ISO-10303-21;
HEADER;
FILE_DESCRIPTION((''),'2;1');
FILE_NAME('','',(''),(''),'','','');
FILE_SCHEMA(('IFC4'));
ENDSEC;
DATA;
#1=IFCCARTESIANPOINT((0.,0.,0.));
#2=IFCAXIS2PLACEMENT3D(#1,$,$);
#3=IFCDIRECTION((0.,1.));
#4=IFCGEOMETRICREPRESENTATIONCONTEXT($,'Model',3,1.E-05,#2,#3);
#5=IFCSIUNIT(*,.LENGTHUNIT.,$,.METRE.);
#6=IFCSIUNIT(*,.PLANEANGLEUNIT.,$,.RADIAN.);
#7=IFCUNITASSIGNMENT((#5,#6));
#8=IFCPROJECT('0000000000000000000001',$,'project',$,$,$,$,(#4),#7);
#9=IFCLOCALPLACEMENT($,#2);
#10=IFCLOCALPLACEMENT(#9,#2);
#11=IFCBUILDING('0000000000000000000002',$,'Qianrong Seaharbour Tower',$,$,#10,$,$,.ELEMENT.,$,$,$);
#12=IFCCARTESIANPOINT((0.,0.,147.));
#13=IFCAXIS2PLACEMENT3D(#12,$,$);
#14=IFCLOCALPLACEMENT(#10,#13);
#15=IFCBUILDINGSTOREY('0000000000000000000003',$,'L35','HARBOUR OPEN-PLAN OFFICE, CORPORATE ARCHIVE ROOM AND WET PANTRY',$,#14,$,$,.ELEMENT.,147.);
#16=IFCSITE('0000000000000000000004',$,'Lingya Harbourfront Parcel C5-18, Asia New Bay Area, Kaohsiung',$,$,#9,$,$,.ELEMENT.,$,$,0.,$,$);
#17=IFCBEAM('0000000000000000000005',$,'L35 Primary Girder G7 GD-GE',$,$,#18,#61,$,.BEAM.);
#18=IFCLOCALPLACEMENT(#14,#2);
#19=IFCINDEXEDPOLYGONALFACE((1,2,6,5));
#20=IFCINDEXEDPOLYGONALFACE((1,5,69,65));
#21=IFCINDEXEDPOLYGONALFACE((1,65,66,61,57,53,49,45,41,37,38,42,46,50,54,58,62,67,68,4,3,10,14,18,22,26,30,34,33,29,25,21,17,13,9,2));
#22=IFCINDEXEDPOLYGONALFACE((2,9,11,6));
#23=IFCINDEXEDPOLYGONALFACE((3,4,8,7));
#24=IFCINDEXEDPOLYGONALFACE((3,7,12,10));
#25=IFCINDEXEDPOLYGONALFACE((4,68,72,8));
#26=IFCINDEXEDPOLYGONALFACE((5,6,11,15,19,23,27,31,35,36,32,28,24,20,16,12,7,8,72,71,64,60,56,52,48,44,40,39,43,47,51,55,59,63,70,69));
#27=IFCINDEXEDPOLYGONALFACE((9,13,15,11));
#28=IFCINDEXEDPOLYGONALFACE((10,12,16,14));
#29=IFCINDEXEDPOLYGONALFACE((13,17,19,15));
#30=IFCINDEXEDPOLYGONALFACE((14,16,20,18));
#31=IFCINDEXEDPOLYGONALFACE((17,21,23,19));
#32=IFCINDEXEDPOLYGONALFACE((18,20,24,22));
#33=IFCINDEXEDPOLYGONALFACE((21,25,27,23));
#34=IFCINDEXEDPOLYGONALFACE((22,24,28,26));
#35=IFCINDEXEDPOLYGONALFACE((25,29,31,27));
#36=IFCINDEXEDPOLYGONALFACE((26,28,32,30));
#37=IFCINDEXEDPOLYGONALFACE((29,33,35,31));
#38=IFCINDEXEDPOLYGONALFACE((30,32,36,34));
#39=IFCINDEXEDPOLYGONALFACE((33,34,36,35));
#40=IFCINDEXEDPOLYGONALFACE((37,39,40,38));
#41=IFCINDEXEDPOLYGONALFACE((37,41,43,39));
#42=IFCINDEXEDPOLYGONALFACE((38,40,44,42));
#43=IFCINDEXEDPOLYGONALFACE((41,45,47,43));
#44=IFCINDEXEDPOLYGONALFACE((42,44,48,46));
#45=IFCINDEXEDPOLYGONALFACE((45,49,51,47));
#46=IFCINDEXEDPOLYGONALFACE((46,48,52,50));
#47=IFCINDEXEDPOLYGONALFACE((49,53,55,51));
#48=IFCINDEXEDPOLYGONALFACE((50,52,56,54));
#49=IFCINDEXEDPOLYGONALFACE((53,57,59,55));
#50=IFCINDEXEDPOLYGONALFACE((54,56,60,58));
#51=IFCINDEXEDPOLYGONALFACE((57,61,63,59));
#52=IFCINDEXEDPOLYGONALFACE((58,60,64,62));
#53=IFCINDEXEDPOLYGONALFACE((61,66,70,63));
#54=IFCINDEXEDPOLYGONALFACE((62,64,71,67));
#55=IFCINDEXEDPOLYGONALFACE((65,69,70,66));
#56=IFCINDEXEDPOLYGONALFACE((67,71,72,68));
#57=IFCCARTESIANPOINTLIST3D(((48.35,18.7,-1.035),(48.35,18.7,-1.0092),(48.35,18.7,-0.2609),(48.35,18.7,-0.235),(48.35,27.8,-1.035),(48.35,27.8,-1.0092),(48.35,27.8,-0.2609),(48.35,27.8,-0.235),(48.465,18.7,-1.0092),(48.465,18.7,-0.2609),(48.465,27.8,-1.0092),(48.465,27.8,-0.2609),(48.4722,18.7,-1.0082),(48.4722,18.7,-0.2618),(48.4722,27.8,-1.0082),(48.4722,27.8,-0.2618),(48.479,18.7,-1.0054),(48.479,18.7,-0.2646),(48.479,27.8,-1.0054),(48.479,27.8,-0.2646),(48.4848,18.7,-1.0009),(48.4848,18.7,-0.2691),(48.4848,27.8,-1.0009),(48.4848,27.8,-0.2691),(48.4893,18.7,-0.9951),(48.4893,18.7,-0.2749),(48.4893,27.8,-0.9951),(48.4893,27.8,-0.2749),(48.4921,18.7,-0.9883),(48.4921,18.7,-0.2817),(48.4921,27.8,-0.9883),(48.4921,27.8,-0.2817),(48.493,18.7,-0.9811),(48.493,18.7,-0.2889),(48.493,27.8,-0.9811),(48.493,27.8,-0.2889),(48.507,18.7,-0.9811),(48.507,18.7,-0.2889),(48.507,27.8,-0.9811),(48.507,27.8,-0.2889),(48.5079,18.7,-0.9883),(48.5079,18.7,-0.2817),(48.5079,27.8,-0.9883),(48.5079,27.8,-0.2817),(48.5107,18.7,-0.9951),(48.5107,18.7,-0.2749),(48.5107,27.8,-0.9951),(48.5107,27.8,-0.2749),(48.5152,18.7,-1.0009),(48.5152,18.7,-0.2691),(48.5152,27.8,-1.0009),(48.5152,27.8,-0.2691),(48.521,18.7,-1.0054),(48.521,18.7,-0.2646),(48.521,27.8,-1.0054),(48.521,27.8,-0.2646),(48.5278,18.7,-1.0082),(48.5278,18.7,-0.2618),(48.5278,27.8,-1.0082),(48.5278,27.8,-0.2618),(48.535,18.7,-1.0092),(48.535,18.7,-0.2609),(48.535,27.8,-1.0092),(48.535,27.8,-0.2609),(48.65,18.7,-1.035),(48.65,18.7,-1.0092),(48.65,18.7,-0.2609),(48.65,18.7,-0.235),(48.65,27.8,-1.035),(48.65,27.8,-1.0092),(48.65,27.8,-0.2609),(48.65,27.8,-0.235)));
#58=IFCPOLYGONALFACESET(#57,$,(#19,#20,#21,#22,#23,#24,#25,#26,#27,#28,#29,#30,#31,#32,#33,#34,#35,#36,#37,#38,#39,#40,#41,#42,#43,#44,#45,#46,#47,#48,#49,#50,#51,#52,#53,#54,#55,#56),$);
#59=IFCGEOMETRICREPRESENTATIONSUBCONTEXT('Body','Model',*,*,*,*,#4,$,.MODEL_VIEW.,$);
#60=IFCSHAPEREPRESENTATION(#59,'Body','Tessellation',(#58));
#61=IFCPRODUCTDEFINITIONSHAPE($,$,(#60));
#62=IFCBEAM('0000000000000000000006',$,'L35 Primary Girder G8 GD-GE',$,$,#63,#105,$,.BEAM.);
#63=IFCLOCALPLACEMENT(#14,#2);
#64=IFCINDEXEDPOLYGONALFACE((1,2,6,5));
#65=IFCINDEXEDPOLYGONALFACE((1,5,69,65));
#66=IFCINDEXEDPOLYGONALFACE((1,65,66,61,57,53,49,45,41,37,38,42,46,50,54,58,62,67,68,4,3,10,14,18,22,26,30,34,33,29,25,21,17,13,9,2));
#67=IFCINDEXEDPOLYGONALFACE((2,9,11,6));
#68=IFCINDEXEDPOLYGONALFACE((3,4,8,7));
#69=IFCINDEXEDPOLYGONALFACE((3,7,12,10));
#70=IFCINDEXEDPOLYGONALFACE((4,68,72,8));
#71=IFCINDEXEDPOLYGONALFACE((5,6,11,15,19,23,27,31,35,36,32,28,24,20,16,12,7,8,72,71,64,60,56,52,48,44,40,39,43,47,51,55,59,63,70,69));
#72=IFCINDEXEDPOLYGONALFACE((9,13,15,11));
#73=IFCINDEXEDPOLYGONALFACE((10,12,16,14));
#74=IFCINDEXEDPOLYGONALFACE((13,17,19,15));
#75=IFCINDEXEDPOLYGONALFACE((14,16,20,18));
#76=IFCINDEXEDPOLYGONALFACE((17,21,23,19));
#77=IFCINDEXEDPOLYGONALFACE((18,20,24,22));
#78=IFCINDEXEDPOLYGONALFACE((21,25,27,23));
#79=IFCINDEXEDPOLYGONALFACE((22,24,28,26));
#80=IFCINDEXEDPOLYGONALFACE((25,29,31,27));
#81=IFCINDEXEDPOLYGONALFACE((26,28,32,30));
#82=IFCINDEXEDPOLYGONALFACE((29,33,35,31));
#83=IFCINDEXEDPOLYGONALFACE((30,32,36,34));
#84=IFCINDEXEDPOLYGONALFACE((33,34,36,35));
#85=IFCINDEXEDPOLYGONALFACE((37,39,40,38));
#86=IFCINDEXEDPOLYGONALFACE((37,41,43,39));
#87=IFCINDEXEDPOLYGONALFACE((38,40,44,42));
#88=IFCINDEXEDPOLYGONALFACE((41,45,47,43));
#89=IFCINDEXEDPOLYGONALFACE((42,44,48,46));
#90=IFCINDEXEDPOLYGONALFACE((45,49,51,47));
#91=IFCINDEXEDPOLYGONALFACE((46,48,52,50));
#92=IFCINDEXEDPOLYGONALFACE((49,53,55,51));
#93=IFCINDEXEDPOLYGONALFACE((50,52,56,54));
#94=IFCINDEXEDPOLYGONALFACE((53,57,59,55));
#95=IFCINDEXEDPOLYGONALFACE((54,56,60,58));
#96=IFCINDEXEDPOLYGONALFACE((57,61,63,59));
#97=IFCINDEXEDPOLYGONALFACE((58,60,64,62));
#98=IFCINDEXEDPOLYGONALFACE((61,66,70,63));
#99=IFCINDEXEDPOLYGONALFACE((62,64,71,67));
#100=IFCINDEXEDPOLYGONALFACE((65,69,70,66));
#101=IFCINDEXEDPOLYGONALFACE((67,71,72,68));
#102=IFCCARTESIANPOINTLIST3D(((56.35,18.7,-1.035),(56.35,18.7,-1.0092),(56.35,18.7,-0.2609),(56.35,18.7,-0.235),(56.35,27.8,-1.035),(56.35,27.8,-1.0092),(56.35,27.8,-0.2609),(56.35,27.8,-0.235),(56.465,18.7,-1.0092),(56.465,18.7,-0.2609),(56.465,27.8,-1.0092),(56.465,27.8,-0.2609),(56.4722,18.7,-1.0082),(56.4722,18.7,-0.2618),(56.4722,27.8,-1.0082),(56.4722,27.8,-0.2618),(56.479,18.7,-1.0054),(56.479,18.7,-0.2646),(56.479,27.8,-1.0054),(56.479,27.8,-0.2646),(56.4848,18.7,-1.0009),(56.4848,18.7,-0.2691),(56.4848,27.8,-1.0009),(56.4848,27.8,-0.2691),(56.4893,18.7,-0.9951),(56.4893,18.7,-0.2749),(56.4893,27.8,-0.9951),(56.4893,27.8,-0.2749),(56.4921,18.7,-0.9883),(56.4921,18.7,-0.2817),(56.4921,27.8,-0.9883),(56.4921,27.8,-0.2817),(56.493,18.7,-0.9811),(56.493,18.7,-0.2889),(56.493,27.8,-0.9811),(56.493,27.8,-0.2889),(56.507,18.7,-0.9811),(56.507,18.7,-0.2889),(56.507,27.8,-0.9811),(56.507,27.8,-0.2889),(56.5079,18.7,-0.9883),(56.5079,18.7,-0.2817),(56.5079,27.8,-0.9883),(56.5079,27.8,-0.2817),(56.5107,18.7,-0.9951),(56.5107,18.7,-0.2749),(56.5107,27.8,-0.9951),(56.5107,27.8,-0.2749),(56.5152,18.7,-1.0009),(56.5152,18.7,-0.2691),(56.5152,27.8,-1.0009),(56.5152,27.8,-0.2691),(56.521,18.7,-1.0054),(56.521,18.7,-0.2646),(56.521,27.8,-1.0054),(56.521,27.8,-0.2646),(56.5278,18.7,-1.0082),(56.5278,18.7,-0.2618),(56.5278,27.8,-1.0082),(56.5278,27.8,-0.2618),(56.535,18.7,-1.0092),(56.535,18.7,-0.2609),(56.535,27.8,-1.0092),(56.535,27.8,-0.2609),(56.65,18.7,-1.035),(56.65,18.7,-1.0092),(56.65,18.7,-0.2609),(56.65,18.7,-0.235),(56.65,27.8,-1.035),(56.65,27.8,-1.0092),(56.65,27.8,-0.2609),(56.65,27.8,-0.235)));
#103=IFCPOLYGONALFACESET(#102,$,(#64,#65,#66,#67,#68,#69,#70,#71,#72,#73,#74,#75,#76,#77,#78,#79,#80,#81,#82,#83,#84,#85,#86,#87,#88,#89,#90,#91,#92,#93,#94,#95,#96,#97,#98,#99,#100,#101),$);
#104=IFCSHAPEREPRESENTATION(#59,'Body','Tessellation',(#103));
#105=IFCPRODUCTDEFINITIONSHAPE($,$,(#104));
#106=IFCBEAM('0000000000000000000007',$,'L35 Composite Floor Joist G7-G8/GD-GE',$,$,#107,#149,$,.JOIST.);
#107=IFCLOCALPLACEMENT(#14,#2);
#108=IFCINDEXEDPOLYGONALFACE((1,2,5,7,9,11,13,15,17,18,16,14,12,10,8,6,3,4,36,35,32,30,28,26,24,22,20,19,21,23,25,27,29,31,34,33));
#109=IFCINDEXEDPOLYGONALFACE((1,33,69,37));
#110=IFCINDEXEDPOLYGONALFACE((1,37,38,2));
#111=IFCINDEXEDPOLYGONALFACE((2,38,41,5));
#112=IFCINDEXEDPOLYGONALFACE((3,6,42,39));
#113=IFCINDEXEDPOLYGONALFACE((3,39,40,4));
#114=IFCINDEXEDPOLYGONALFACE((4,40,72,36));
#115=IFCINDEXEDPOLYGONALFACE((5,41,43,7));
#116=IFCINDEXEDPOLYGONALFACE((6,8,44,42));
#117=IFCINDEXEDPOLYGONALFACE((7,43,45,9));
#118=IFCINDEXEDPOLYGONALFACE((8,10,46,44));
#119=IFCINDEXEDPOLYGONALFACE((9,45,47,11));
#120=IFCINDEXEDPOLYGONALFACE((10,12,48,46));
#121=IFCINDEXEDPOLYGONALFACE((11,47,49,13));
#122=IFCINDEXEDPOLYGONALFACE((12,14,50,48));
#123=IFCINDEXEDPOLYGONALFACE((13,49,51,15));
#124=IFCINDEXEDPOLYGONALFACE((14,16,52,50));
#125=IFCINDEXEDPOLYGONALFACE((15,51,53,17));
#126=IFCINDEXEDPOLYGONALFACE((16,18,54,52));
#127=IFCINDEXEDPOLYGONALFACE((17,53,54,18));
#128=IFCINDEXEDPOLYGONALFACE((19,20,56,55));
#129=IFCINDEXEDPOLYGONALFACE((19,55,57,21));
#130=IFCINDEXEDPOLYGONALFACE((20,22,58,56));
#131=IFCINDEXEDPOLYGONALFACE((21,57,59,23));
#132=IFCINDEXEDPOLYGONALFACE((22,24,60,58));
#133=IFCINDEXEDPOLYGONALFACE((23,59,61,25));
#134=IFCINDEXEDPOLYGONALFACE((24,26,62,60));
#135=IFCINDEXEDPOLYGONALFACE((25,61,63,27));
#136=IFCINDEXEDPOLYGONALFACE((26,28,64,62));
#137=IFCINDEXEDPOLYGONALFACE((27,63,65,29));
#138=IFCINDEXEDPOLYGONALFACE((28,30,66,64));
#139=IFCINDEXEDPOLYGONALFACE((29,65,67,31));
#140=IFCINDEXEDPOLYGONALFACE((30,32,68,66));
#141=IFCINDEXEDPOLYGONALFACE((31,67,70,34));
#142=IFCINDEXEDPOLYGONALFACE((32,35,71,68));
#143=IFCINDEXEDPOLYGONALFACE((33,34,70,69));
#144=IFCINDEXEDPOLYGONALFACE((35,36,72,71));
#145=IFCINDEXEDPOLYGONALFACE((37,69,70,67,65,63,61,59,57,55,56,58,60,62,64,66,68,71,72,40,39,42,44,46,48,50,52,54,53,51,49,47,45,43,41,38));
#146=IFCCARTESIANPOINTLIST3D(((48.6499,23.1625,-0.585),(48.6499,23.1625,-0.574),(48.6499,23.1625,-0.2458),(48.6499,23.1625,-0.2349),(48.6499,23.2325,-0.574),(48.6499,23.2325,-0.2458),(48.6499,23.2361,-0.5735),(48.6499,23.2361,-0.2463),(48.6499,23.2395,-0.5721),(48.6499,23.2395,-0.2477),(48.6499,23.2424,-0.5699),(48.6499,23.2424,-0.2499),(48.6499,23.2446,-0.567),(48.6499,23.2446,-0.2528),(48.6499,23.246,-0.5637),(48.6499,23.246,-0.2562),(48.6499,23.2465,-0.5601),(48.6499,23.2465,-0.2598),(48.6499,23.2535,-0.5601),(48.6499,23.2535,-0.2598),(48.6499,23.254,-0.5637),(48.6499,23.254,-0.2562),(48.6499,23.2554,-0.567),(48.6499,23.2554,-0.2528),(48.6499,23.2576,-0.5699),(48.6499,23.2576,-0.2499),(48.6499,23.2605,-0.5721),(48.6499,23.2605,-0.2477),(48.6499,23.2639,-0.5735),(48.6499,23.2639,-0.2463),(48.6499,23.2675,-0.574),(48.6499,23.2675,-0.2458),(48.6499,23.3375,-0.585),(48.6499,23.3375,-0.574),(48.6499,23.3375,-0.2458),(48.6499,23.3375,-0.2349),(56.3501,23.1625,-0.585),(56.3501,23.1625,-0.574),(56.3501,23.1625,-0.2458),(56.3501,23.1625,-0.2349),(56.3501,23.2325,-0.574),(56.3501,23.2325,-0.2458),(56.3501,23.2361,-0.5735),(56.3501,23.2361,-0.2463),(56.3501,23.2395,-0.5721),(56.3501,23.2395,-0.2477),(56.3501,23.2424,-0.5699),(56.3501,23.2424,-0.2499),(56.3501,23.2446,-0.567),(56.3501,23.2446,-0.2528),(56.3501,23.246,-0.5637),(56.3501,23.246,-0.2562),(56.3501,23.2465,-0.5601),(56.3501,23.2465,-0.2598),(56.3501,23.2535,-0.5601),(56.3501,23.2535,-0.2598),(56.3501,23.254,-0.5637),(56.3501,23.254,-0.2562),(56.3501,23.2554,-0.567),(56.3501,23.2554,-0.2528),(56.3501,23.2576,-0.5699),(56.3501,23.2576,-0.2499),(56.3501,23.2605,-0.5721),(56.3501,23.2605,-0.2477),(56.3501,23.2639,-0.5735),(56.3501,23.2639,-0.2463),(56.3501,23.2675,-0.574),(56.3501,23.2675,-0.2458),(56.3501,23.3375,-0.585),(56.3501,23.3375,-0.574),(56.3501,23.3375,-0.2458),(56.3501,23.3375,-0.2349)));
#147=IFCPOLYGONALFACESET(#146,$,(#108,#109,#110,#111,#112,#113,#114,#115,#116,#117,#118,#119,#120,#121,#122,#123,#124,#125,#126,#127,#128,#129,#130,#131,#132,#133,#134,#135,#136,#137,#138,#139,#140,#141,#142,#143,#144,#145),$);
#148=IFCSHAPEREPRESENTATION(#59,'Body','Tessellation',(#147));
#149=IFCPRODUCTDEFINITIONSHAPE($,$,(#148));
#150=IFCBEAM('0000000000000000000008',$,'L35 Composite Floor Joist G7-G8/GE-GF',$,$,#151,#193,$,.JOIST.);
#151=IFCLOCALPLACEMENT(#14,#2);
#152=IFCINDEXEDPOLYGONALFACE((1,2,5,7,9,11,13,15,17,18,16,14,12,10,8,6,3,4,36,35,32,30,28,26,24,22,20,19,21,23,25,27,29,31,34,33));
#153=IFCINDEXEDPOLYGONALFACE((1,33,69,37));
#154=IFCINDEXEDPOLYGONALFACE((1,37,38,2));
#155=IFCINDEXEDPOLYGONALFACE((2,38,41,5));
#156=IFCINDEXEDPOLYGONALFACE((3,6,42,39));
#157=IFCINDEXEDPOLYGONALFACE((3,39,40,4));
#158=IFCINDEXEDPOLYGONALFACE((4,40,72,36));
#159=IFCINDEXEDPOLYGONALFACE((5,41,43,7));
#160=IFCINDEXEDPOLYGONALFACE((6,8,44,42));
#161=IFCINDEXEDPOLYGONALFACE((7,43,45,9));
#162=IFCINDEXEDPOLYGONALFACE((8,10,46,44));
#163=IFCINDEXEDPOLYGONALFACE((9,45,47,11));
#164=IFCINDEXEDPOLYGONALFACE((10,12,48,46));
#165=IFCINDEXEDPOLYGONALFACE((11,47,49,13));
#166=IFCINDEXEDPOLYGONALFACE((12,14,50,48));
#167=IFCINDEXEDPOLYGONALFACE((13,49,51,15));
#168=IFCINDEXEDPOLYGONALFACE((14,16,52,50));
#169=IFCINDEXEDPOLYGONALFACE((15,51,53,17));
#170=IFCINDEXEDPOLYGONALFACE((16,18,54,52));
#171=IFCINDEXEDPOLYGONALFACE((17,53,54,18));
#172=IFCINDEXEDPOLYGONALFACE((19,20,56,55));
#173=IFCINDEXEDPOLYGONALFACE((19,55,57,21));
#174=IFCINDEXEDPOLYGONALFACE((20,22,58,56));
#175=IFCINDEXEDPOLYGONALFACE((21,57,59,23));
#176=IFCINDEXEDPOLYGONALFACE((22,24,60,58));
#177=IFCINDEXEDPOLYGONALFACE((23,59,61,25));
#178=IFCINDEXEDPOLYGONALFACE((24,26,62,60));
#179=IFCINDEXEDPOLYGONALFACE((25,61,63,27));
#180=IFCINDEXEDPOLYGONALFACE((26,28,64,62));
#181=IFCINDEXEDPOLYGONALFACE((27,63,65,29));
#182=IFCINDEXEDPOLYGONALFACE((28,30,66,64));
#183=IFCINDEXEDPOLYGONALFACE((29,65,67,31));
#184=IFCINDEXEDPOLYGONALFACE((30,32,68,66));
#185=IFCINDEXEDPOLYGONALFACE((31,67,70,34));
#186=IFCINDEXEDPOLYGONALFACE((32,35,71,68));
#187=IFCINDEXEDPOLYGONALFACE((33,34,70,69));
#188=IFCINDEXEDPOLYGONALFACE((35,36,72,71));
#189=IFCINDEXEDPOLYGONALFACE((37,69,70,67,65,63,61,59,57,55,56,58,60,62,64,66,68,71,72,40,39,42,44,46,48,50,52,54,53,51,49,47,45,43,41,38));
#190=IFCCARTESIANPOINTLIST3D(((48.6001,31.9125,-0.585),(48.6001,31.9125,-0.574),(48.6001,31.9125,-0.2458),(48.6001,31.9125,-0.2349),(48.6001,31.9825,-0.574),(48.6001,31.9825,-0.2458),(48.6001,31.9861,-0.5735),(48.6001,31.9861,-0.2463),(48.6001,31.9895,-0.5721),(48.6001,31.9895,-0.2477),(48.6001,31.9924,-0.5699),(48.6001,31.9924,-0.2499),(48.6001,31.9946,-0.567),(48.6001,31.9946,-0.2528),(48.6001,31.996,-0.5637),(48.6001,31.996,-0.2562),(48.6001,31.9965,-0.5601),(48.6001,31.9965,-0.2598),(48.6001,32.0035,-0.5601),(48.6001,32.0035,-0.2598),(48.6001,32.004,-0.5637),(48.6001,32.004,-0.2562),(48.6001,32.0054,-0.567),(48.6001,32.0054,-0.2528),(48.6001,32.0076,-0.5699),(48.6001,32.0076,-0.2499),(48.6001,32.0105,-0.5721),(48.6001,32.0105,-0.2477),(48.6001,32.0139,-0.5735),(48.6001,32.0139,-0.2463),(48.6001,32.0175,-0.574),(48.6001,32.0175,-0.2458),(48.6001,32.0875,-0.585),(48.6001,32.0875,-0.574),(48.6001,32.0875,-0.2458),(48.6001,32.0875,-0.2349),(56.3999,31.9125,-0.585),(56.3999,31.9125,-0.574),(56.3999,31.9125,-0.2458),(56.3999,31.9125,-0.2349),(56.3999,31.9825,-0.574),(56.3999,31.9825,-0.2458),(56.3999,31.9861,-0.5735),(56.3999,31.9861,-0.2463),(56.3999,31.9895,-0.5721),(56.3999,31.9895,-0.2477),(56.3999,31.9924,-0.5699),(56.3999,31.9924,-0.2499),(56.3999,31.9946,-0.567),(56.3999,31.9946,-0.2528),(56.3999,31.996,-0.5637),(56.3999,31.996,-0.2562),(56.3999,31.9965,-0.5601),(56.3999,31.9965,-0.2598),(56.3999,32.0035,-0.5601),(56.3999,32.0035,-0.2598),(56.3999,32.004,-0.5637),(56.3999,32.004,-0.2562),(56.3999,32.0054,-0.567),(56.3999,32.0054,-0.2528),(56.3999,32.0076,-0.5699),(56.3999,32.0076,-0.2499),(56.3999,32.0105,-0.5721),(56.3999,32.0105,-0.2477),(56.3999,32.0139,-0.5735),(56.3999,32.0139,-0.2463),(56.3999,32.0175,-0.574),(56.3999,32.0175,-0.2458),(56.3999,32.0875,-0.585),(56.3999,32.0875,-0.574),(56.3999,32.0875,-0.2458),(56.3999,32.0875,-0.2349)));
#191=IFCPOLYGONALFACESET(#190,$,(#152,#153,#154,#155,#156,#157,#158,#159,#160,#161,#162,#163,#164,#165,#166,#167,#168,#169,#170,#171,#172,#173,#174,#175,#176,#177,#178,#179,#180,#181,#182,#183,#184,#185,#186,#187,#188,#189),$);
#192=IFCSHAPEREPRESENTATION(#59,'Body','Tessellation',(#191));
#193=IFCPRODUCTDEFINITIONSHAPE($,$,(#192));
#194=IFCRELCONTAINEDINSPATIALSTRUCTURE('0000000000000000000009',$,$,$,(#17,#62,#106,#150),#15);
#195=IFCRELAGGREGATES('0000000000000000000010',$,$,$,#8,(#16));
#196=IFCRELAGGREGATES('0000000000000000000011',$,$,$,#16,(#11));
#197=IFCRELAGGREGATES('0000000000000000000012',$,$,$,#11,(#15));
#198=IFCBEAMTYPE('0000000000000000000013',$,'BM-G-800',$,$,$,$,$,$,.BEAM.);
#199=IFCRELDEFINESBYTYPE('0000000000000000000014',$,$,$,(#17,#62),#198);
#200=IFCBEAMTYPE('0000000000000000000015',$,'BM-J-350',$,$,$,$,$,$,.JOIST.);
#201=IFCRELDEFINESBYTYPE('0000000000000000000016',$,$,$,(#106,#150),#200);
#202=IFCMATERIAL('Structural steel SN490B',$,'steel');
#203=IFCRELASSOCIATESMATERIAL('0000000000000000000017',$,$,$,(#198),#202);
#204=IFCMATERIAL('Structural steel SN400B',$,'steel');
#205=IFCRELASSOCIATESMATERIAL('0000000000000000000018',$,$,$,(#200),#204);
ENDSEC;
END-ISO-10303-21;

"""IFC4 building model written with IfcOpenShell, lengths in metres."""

from ifc_helpers import new_model, si_unit, direction, frame, origin, origin_2d, place, context, subcontext, project, spatial, i_section, extrude, material, material_profile, profile_set, type_object, element, save


model = new_model("IFC4")

# Units and contexts
model_context = context("Model", 3, precision=1e-05, world=origin(), true_north=direction((0.0, 1.0)))
body_context = subcontext(model_context, "Body", "Model", "MODEL_VIEW")
ifc_project = project(units=[si_unit("LENGTHUNIT", "METRE"), si_unit("PLANEANGLEUNIT", "RADIAN")], contexts=[model_context])

# Site, building, storey
site_placement = place(None, origin())
site = spatial("IfcSite", under=ifc_project, at=site_placement, Name="Lingya Harbourfront Parcel C5-18, Asia New Bay Area, Kaohsiung", CompositionType="ELEMENT", RefElevation=0.0)
building_placement = place(site_placement, origin())
building = spatial("IfcBuilding", under=site, at=building_placement, Name="Qianrong Seaharbour Tower", CompositionType="ELEMENT")
storey_placement = place(building_placement, frame((0.0, 0.0, 147.0)))
storey = spatial("IfcBuildingStorey", under=building, at=storey_placement, Name="L35", Description="HARBOUR OPEN-PLAN OFFICE, CORPORATE ARCHIVE ROOM AND WET PANTRY", CompositionType="ELEMENT", Elevation=147.0)

# Shared definitions
ifc_material_1 = material(Name="Structural steel SN490B", Category="steel")

# Beams
ifc_material_profile_1 = material_profile(ifc_material_1, i_section(OverallWidth=0.3, OverallDepth=0.8, WebThickness=0.0139, FlangeThickness=0.0259, FilletRadius=0.0281, at=origin_2d()), Name="H800x300x14x26")
ifc_profile_set_1 = profile_set([ifc_material_profile_1], Name="Structural steel SN490B")
beam_type_1 = type_object("IfcBeamType", Name="BM-G-800", PredefinedType="BEAM", material=ifc_profile_set_1)
for number, where, z_axis, x_axis, name in (
    (1, (48.5, 18.7, -0.635), (0.0, 1.0, 0.0), (-1.0, 0.0, 0.0), "L35 Primary Girder G7 GD-GE"),
    (2, (56.5, 18.7, -0.635), (0.0, 1.0, 0.0), (-1.0, 0.0, 0.0), "L35 Primary Girder G8 GD-GE"),
):
    element("IfcBeam", number, at=place(storey_placement, frame(where, z_axis=z_axis, x_axis=x_axis)), inside=storey, type_object=beam_type_1, Name=name, PredefinedType="BEAM", context=body_context, shape_type="SweptSolid", body=[
        extrude(i_section(OverallWidth=0.3, OverallDepth=0.8, WebThickness=0.0139, FlangeThickness=0.0259, FilletRadius=0.0281, at=origin_2d()), origin(), (0.0, 0.0, 1.0), 9.1001),
    ])
ifc_material_2 = material(Name="Structural steel SN400B", Category="steel")
ifc_material_profile_2 = material_profile(ifc_material_2, i_section(OverallWidth=0.175, OverallDepth=0.3501, WebThickness=0.0071, FlangeThickness=0.011, FilletRadius=0.0139, at=origin_2d()), Name="H350x175x7x11")
ifc_profile_set_2 = profile_set([ifc_material_profile_2], Name="Structural steel SN400B")
beam_type_2 = type_object("IfcBeamType", Name="BM-J-350", PredefinedType="JOIST", material=ifc_profile_set_2)
beam_1_placement = place(storey_placement, frame((48.6499, 23.25, -0.4099), z_axis=(1.0, 0.0, 0.0), x_axis=(0.0, 1.0, 0.0)))
element("IfcBeam", 3, at=beam_1_placement, inside=storey, type_object=beam_type_2, Name="L35 Composite Floor Joist G7-G8/GD-GE", PredefinedType="JOIST", context=body_context, shape_type="SweptSolid", body=[
    extrude(i_section(OverallWidth=0.175, OverallDepth=0.3501, WebThickness=0.0071, FlangeThickness=0.011, FilletRadius=0.0139, at=origin_2d()), origin(), (0.0, 0.0, 1.0), 7.7002),
])
beam_2_placement = place(storey_placement, frame((48.6001, 32.0, -0.4099), z_axis=(1.0, 0.0, 0.0), x_axis=(0.0, 1.0, 0.0)))
element("IfcBeam", 4, at=beam_2_placement, inside=storey, type_object=beam_type_2, Name="L35 Composite Floor Joist G7-G8/GE-GF", PredefinedType="JOIST", context=body_context, shape_type="SweptSolid", body=[
    extrude(i_section(OverallWidth=0.175, OverallDepth=0.3501, WebThickness=0.0071, FlangeThickness=0.011, FilletRadius=0.0139, at=origin_2d()), origin(), (0.0, 0.0, 1.0), 7.7998),
])

save(model, "model.ifc")
